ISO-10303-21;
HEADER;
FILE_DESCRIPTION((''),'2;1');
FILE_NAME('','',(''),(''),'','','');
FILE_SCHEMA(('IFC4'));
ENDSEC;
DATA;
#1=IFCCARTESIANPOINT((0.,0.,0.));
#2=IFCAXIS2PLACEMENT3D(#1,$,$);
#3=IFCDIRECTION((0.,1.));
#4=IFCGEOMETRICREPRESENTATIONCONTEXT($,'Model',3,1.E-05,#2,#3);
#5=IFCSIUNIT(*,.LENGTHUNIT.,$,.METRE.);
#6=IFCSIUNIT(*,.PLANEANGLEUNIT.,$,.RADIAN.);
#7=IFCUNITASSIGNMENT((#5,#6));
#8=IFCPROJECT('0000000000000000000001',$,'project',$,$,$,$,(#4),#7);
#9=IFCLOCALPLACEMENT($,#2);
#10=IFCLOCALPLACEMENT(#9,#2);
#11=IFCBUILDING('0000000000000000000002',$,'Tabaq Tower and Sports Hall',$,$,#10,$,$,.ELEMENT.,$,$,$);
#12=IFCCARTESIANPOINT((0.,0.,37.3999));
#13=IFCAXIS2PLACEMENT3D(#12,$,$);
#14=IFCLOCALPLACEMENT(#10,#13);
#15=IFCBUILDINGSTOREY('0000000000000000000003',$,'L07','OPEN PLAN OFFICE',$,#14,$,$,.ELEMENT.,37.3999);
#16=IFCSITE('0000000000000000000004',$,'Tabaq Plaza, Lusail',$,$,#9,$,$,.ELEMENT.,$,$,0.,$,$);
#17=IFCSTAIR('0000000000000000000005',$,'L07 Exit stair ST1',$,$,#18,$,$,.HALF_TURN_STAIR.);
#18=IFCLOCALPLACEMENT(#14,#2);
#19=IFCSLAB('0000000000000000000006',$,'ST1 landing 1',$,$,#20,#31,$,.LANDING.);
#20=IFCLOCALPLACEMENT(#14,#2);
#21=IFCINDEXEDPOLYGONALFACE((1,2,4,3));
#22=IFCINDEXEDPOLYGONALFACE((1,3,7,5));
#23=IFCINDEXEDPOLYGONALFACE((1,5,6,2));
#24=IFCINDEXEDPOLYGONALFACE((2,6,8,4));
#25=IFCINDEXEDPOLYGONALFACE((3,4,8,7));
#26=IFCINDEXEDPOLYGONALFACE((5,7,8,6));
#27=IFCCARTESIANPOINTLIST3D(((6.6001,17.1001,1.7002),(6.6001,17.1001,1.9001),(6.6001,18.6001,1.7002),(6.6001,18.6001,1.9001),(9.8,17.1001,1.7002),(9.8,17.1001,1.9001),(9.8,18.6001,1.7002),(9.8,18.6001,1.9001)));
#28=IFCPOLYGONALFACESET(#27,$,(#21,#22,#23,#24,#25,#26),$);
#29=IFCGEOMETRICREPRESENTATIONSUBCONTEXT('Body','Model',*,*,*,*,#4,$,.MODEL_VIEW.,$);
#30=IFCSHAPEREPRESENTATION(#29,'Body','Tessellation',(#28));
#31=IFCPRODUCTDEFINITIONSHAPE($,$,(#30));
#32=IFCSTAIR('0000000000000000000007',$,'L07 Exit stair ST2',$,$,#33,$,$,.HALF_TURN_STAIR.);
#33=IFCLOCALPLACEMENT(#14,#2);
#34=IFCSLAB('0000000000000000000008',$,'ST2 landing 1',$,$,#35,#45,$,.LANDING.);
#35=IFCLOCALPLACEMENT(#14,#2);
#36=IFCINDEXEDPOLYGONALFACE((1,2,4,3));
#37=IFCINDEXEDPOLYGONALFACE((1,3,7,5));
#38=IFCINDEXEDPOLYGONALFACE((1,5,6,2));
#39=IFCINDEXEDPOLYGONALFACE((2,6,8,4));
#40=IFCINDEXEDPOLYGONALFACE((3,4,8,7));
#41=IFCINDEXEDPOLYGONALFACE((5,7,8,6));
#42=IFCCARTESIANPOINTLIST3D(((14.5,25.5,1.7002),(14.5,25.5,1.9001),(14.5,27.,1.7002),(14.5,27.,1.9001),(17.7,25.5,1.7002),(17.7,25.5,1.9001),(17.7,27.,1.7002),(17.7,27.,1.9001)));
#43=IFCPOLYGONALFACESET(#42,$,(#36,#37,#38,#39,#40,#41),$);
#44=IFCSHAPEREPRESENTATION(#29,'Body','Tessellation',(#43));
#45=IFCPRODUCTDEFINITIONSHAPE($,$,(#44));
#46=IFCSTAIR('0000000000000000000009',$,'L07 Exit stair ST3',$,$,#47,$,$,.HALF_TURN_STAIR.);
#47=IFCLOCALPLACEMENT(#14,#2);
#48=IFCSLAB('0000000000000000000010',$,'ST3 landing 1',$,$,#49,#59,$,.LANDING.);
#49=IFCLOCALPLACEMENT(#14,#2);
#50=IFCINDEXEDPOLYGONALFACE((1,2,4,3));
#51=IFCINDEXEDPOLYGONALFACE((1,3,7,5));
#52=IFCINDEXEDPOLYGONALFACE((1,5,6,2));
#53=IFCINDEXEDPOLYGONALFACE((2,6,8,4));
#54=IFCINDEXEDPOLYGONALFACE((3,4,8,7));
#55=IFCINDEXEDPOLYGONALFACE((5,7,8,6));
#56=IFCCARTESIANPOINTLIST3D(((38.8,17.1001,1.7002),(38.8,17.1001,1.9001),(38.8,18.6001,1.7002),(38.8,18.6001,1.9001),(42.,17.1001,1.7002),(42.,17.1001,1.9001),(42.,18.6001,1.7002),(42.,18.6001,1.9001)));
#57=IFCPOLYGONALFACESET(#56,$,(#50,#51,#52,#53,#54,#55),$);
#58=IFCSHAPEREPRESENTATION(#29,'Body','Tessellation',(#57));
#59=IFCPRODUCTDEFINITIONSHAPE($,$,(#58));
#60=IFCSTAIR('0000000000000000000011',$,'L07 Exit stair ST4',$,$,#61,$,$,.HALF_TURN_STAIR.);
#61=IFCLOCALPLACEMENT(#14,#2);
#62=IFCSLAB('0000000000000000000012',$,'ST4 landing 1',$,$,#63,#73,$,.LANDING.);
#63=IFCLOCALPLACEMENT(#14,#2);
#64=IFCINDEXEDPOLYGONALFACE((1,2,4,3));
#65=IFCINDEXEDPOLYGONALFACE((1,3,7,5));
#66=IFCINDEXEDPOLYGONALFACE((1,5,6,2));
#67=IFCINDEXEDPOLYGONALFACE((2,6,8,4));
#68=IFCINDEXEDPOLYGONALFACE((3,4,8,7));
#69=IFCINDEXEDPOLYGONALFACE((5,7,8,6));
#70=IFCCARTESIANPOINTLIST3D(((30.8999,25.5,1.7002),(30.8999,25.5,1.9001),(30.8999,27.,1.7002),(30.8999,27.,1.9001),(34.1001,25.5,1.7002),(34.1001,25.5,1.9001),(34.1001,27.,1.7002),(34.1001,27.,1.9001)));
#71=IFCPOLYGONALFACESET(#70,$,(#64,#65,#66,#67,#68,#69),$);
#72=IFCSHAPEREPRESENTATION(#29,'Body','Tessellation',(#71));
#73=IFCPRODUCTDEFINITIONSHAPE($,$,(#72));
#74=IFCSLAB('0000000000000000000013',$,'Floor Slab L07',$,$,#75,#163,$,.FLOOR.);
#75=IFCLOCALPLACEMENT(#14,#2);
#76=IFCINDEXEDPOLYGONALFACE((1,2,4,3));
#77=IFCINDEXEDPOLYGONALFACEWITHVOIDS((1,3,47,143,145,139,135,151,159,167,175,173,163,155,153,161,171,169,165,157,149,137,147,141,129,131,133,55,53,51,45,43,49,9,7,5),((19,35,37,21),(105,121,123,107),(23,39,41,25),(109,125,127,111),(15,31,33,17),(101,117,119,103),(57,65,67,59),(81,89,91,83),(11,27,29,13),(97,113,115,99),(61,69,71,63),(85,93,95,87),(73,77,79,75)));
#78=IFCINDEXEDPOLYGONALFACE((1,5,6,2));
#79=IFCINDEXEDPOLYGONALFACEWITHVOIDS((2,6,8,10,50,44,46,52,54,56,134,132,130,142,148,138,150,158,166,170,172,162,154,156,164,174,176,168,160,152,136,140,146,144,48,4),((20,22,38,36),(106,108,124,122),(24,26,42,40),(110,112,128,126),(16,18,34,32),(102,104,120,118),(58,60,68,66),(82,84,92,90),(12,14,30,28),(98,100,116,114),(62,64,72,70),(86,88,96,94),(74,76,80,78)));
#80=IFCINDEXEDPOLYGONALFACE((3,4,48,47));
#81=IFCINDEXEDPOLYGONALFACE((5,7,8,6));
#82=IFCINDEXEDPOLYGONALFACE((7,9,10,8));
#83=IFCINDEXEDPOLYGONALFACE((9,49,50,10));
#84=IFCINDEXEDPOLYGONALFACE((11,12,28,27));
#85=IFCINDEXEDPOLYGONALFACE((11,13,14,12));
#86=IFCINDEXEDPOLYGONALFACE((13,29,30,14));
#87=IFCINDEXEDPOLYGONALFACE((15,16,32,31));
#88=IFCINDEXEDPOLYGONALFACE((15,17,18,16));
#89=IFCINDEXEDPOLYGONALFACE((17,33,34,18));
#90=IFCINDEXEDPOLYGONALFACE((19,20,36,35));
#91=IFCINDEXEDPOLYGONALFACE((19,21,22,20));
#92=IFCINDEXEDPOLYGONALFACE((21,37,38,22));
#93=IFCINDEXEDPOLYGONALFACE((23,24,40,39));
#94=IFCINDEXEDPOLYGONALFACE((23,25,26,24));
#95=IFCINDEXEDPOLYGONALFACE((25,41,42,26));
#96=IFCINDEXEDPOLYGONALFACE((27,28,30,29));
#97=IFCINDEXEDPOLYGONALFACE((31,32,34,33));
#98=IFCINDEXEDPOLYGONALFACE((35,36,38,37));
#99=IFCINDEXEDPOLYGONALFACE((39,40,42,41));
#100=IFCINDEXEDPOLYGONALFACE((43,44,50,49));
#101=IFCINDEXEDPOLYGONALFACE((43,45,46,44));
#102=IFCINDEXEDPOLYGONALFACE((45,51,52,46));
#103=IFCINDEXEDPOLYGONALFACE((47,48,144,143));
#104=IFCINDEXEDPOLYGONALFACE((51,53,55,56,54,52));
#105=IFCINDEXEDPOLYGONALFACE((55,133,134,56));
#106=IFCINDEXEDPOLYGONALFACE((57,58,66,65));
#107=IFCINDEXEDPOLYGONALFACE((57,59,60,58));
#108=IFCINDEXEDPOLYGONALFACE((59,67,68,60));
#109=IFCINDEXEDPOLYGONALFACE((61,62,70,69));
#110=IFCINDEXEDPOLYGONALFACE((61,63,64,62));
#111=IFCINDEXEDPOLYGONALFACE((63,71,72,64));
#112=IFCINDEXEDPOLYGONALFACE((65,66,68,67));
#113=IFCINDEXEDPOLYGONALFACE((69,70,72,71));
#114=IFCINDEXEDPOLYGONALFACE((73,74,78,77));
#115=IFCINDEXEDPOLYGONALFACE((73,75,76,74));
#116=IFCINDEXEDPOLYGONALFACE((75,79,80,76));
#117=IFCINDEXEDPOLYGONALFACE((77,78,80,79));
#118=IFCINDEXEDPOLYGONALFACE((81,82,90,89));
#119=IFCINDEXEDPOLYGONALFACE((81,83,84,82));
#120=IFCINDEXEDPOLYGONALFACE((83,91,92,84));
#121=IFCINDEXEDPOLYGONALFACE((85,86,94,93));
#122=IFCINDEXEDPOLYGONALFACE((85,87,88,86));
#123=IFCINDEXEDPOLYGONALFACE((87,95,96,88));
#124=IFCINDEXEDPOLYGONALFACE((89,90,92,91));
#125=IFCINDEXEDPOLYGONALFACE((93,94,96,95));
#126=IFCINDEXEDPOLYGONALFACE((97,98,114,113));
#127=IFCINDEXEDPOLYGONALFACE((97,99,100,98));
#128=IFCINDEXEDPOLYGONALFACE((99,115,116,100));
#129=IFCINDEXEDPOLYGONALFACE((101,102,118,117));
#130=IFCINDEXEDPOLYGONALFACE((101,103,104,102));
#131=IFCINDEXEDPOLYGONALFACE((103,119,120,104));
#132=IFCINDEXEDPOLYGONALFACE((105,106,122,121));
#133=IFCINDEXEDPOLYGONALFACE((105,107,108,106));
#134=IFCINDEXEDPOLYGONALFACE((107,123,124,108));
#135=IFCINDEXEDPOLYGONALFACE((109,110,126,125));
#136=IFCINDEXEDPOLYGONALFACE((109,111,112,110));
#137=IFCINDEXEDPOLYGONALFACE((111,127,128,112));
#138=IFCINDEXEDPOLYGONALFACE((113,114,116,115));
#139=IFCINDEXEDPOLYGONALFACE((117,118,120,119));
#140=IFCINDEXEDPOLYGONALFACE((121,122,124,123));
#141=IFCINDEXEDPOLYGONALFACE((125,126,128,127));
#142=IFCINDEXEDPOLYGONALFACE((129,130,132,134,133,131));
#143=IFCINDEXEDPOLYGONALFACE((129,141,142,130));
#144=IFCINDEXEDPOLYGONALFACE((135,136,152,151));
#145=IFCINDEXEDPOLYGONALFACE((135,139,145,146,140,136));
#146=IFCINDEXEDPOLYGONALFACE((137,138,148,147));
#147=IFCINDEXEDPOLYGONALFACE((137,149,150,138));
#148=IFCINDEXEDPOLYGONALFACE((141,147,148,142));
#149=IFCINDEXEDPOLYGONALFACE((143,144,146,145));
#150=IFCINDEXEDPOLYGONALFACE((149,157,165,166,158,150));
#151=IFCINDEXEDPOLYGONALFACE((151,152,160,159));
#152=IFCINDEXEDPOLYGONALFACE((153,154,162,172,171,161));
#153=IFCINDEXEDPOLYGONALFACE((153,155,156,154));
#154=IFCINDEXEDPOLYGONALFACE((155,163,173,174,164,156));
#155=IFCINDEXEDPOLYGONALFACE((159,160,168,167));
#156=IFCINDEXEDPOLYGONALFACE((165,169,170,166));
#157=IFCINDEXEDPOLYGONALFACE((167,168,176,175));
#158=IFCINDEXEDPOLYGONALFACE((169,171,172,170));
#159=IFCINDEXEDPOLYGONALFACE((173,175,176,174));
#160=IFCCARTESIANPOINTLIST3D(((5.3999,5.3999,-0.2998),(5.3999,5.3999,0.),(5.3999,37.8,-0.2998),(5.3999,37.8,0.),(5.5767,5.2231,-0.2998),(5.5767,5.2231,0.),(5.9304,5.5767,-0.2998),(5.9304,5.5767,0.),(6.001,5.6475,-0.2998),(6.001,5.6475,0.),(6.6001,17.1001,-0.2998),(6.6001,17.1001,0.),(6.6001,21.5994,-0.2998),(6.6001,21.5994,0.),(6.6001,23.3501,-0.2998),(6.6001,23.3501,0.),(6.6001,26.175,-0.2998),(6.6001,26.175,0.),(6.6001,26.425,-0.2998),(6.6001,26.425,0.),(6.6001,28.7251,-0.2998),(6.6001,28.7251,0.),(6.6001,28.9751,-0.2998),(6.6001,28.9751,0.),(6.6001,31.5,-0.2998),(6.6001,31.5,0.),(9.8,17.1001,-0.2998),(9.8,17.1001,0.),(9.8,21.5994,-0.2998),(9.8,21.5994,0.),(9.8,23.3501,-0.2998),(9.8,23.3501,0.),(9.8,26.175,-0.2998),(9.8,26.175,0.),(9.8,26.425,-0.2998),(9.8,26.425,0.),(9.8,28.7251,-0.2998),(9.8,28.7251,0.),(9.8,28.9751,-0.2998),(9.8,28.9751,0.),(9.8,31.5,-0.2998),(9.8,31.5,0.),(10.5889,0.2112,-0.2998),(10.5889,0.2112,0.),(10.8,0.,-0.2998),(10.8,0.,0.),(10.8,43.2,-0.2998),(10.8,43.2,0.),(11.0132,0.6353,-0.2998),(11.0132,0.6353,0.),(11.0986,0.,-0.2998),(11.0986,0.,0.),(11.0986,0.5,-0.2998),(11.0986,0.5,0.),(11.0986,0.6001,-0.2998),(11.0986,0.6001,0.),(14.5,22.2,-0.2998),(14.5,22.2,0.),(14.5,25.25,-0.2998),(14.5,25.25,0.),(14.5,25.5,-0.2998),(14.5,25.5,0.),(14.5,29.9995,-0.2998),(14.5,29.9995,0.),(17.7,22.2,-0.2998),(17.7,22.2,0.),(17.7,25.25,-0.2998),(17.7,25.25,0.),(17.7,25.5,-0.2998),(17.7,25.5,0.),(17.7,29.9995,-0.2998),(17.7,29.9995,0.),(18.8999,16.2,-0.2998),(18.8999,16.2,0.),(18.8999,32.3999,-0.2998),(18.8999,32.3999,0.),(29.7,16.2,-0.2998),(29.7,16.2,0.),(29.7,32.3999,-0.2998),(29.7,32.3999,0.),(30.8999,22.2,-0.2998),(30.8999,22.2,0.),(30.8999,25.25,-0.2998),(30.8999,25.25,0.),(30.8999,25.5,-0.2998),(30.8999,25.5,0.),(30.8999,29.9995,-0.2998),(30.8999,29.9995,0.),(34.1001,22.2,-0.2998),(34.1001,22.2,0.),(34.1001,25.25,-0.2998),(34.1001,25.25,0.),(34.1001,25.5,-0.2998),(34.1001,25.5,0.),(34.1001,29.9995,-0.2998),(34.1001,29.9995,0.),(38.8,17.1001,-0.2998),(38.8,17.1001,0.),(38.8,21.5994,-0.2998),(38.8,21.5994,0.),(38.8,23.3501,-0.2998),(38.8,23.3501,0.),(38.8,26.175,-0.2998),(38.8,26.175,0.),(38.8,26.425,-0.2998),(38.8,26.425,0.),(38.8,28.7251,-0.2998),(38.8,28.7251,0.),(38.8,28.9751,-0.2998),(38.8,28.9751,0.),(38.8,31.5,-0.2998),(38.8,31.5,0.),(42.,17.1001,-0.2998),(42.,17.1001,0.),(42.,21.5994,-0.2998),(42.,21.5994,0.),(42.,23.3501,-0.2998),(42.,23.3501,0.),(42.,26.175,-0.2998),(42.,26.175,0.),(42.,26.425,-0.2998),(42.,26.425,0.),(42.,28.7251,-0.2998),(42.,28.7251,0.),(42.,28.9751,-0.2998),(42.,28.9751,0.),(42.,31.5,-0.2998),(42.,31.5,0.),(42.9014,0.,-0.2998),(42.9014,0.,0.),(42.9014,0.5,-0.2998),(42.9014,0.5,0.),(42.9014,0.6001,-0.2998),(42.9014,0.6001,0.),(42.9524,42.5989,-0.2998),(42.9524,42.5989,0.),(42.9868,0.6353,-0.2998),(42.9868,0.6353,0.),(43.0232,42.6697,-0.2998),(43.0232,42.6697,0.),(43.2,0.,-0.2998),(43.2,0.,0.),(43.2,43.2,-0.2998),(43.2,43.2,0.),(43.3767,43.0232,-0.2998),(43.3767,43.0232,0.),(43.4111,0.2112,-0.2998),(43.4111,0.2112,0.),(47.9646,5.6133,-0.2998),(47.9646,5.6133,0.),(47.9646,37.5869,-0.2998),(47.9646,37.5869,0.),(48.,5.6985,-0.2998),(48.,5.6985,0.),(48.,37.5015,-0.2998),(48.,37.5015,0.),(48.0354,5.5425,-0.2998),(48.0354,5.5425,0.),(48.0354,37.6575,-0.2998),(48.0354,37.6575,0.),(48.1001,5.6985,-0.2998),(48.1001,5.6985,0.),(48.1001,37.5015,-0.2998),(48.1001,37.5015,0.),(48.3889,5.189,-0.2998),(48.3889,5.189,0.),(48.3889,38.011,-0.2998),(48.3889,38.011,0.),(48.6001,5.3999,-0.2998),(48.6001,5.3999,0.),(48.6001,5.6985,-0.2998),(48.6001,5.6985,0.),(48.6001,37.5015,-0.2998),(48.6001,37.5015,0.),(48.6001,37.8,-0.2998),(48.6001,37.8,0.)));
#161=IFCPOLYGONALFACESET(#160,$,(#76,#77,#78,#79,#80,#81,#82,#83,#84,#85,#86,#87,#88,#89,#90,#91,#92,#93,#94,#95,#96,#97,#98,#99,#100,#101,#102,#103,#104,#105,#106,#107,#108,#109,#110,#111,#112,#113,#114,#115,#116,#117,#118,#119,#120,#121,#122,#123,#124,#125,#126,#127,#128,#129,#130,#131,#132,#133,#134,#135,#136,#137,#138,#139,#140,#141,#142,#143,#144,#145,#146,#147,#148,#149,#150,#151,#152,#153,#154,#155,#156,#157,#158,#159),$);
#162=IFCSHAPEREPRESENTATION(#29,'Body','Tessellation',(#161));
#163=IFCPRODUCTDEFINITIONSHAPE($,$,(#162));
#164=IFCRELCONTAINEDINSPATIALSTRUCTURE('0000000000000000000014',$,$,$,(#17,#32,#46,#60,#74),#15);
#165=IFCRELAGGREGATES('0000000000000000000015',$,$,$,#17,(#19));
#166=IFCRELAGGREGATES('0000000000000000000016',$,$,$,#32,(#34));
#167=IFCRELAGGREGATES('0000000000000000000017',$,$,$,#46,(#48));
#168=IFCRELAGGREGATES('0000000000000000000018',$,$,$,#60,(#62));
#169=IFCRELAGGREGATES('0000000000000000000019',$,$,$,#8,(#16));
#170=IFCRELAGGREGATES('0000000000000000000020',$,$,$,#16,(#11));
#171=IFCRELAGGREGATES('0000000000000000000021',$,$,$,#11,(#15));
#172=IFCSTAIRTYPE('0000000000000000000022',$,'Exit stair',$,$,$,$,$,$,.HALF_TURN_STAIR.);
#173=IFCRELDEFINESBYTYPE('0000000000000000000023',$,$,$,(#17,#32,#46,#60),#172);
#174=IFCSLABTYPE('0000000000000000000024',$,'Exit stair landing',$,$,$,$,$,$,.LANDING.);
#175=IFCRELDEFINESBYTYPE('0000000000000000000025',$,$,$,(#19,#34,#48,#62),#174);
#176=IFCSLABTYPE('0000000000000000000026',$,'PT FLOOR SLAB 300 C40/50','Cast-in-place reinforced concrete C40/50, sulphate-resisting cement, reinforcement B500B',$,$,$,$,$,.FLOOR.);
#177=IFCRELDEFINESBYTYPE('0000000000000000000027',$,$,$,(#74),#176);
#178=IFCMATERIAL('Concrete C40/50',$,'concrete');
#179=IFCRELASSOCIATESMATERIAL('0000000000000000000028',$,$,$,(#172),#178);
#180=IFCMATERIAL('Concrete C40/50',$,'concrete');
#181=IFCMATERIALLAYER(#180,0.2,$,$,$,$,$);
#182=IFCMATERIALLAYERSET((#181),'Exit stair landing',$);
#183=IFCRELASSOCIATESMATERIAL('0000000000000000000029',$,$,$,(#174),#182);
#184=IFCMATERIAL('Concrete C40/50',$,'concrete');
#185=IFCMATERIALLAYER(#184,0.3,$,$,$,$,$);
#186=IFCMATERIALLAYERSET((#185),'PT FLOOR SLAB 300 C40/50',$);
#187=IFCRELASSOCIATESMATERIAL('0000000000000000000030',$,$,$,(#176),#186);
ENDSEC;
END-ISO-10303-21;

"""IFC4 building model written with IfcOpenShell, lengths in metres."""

from ifc_helpers import new_model, si_unit, direction, frame, origin, place, context, subcontext, project, spatial, polyline, outline, extrude, material, layer, layer_set, type_object, element, aggregate, save


model = new_model("IFC4")

# Units and contexts
model_context = context("Model", 3, precision=1e-05, world=origin(), true_north=direction((0.0, 1.0)))
body_context = subcontext(model_context, "Body", "Model", "MODEL_VIEW")
ifc_project = project(units=[si_unit("LENGTHUNIT", "METRE"), si_unit("PLANEANGLEUNIT", "RADIAN")], contexts=[model_context])

# Site, building, storey
site_placement = place(None, origin())
site = spatial("IfcSite", under=ifc_project, at=site_placement, Name="Tabaq Plaza, Lusail", CompositionType="ELEMENT", RefElevation=0.0)
building_placement = place(site_placement, origin())
building = spatial("IfcBuilding", under=site, at=building_placement, Name="Tabaq Tower and Sports Hall", CompositionType="ELEMENT")
storey_placement = place(building_placement, frame((0.0, 0.0, 37.3999)))
storey = spatial("IfcBuildingStorey", under=building, at=storey_placement, Name="L07", Description="OPEN PLAN OFFICE", CompositionType="ELEMENT", Elevation=37.3999)

# Stairs, slabs
ifc_material_1 = material(Name="Concrete C40/50", Category="concrete")
stair_type = type_object("IfcStairType", Name="Exit stair", PredefinedType="HALF_TURN_STAIR", material=ifc_material_1)
stair_1_placement = place(storey_placement, origin())
stair_1 = element("IfcStair", 1, at=stair_1_placement, inside=storey, type_object=stair_type, Name="L07 Exit stair ST1", PredefinedType="HALF_TURN_STAIR")
ifc_material_2 = material(Name="Concrete C40/50", Category="concrete")
ifc_layer_1 = layer(ifc_material_2, 0.2)
ifc_layer_set_1 = layer_set([ifc_layer_1], Name="Exit stair landing")
slab_type_1 = type_object("IfcSlabType", Name="Exit stair landing", PredefinedType="LANDING", material=ifc_layer_set_1)
slab_1_placement = place(storey_placement, frame((0.0, 0.0, 1.7002)))
slab_1 = element("IfcSlab", 2, at=slab_1_placement, type_object=slab_type_1, Name="ST1 landing 1", PredefinedType="LANDING", context=body_context, shape_type="SweptSolid", body=[
    extrude(outline(polyline([(6.6001, 18.6001), (6.6001, 17.1001), (9.8, 17.1001), (9.8, 18.6001), (6.6001, 18.6001)])), origin(), (0.0, 0.0, 1.0), 0.2),
])
aggregate(stair_1, [slab_1])
stair_2_placement = place(storey_placement, origin())
stair_2 = element("IfcStair", 3, at=stair_2_placement, inside=storey, type_object=stair_type, Name="L07 Exit stair ST2", PredefinedType="HALF_TURN_STAIR")
slab_2_placement = place(storey_placement, frame((0.0, 0.0, 1.7002)))
slab_2 = element("IfcSlab", 4, at=slab_2_placement, type_object=slab_type_1, Name="ST2 landing 1", PredefinedType="LANDING", context=body_context, shape_type="SweptSolid", body=[
    extrude(outline(polyline([(14.5, 27.0), (14.5, 25.5), (17.7, 25.5), (17.7, 27.0), (14.5, 27.0)])), origin(), (0.0, 0.0, 1.0), 0.2),
])
aggregate(stair_2, [slab_2])
stair_3_placement = place(storey_placement, origin())
stair_3 = element("IfcStair", 5, at=stair_3_placement, inside=storey, type_object=stair_type, Name="L07 Exit stair ST3", PredefinedType="HALF_TURN_STAIR")
slab_3_placement = place(storey_placement, frame((0.0, 0.0, 1.7002)))
slab_3 = element("IfcSlab", 6, at=slab_3_placement, type_object=slab_type_1, Name="ST3 landing 1", PredefinedType="LANDING", context=body_context, shape_type="SweptSolid", body=[
    extrude(outline(polyline([(38.8, 18.6001), (38.8, 17.1001), (42.0, 17.1001), (42.0, 18.6001), (38.8, 18.6001)])), origin(), (0.0, 0.0, 1.0), 0.2),
])
aggregate(stair_3, [slab_3])
stair_4_placement = place(storey_placement, origin())
stair_4 = element("IfcStair", 7, at=stair_4_placement, inside=storey, type_object=stair_type, Name="L07 Exit stair ST4", PredefinedType="HALF_TURN_STAIR")
slab_4_placement = place(storey_placement, frame((0.0, 0.0, 1.7002)))
slab_4 = element("IfcSlab", 8, at=slab_4_placement, type_object=slab_type_1, Name="ST4 landing 1", PredefinedType="LANDING", context=body_context, shape_type="SweptSolid", body=[
    extrude(outline(polyline([(30.8999, 27.0), (30.8999, 25.5), (34.1001, 25.5), (34.1001, 27.0), (30.8999, 27.0)])), origin(), (0.0, 0.0, 1.0), 0.2),
])
aggregate(stair_4, [slab_4])

# Slab
ifc_material_3 = material(Name="Concrete C40/50", Category="concrete")
ifc_layer_2 = layer(ifc_material_3, 0.3)
ifc_layer_set_2 = layer_set([ifc_layer_2], Name="PT FLOOR SLAB 300 C40/50")
slab_type_2 = type_object("IfcSlabType", Name="PT FLOOR SLAB 300 C40/50", Description="Cast-in-place reinforced concrete C40/50, sulphate-resisting cement, reinforcement B500B", PredefinedType="FLOOR", material=ifc_layer_set_2)
slab_5_placement = place(storey_placement, frame((0.0, 0.0, -0.2998)))
element("IfcSlab", 9, at=slab_5_placement, inside=storey, type_object=slab_type_2, Name="Floor Slab L07", PredefinedType="FLOOR", context=body_context, shape_type="SweptSolid", body=[
    extrude(outline(polyline([(5.3999, 37.8), (5.3999, 5.3999), (5.5767, 5.2231), (5.9304, 5.5767), (6.001, 5.6475), (11.0132, 0.6353), (10.5889, 0.2112), (10.8, 0.0), (11.0986, 0.0), (11.0986, 0.5), (11.0986, 0.6001), (42.9014, 0.6001), (42.9014, 0.5), (42.9014, 0.0), (43.2, 0.0), (43.4111, 0.2112), (42.9868, 0.6353), (47.9646, 5.6133), (48.0354, 5.5425), (48.3889, 5.189), (48.6001, 5.3999), (48.6001, 5.6985), (48.1001, 5.6985), (48.0, 5.6985), (48.0, 37.5015), (48.1001, 37.5015), (48.6001, 37.5015), (48.6001, 37.8), (48.3889, 38.011), (48.0354, 37.6575), (47.9646, 37.5869), (42.9524, 42.5989), (43.0232, 42.6697), (43.3767, 43.0232), (43.2, 43.2), (10.8, 43.2), (5.3999, 37.8)]), holes=[polyline([(6.6001, 21.5994), (9.8, 21.5994), (9.8, 17.1001), (6.6001, 17.1001), (6.6001, 21.5994)]), polyline([(17.7, 25.25), (17.7, 22.2), (14.5, 22.2), (14.5, 25.25), (17.7, 25.25)]), polyline([(18.8999, 32.3999), (29.7, 32.3999), (29.7, 16.2), (18.8999, 16.2), (18.8999, 32.3999)]), polyline([(6.6001, 26.175), (9.8, 26.175), (9.8, 23.3501), (6.6001, 23.3501), (6.6001, 26.175)]), polyline([(9.8, 28.7251), (9.8, 26.425), (6.6001, 26.425), (6.6001, 28.7251), (9.8, 28.7251)]), polyline([(17.7, 29.9995), (17.7, 25.5), (14.5, 25.5), (14.5, 29.9995), (17.7, 29.9995)]), polyline([(6.6001, 31.5), (9.8, 31.5), (9.8, 28.9751), (6.6001, 28.9751), (6.6001, 31.5)]), polyline([(42.0, 21.5994), (42.0, 17.1001), (38.8, 17.1001), (38.8, 21.5994), (42.0, 21.5994)]), polyline([(34.1001, 25.25), (34.1001, 22.2), (30.8999, 22.2), (30.8999, 25.25), (34.1001, 25.25)]), polyline([(42.0, 26.175), (42.0, 23.3501), (38.8, 23.3501), (38.8, 26.175), (42.0, 26.175)]), polyline([(42.0, 28.7251), (42.0, 26.425), (38.8, 26.425), (38.8, 28.7251), (42.0, 28.7251)]), polyline([(34.1001, 29.9995), (34.1001, 25.5), (30.8999, 25.5), (30.8999, 29.9995), (34.1001, 29.9995)]), polyline([(42.0, 31.5), (42.0, 28.9751), (38.8, 28.9751), (38.8, 31.5), (42.0, 31.5)])]), origin(), (0.0, 0.0, 1.0), 0.2998),
])

save(model, "model.ifc")
